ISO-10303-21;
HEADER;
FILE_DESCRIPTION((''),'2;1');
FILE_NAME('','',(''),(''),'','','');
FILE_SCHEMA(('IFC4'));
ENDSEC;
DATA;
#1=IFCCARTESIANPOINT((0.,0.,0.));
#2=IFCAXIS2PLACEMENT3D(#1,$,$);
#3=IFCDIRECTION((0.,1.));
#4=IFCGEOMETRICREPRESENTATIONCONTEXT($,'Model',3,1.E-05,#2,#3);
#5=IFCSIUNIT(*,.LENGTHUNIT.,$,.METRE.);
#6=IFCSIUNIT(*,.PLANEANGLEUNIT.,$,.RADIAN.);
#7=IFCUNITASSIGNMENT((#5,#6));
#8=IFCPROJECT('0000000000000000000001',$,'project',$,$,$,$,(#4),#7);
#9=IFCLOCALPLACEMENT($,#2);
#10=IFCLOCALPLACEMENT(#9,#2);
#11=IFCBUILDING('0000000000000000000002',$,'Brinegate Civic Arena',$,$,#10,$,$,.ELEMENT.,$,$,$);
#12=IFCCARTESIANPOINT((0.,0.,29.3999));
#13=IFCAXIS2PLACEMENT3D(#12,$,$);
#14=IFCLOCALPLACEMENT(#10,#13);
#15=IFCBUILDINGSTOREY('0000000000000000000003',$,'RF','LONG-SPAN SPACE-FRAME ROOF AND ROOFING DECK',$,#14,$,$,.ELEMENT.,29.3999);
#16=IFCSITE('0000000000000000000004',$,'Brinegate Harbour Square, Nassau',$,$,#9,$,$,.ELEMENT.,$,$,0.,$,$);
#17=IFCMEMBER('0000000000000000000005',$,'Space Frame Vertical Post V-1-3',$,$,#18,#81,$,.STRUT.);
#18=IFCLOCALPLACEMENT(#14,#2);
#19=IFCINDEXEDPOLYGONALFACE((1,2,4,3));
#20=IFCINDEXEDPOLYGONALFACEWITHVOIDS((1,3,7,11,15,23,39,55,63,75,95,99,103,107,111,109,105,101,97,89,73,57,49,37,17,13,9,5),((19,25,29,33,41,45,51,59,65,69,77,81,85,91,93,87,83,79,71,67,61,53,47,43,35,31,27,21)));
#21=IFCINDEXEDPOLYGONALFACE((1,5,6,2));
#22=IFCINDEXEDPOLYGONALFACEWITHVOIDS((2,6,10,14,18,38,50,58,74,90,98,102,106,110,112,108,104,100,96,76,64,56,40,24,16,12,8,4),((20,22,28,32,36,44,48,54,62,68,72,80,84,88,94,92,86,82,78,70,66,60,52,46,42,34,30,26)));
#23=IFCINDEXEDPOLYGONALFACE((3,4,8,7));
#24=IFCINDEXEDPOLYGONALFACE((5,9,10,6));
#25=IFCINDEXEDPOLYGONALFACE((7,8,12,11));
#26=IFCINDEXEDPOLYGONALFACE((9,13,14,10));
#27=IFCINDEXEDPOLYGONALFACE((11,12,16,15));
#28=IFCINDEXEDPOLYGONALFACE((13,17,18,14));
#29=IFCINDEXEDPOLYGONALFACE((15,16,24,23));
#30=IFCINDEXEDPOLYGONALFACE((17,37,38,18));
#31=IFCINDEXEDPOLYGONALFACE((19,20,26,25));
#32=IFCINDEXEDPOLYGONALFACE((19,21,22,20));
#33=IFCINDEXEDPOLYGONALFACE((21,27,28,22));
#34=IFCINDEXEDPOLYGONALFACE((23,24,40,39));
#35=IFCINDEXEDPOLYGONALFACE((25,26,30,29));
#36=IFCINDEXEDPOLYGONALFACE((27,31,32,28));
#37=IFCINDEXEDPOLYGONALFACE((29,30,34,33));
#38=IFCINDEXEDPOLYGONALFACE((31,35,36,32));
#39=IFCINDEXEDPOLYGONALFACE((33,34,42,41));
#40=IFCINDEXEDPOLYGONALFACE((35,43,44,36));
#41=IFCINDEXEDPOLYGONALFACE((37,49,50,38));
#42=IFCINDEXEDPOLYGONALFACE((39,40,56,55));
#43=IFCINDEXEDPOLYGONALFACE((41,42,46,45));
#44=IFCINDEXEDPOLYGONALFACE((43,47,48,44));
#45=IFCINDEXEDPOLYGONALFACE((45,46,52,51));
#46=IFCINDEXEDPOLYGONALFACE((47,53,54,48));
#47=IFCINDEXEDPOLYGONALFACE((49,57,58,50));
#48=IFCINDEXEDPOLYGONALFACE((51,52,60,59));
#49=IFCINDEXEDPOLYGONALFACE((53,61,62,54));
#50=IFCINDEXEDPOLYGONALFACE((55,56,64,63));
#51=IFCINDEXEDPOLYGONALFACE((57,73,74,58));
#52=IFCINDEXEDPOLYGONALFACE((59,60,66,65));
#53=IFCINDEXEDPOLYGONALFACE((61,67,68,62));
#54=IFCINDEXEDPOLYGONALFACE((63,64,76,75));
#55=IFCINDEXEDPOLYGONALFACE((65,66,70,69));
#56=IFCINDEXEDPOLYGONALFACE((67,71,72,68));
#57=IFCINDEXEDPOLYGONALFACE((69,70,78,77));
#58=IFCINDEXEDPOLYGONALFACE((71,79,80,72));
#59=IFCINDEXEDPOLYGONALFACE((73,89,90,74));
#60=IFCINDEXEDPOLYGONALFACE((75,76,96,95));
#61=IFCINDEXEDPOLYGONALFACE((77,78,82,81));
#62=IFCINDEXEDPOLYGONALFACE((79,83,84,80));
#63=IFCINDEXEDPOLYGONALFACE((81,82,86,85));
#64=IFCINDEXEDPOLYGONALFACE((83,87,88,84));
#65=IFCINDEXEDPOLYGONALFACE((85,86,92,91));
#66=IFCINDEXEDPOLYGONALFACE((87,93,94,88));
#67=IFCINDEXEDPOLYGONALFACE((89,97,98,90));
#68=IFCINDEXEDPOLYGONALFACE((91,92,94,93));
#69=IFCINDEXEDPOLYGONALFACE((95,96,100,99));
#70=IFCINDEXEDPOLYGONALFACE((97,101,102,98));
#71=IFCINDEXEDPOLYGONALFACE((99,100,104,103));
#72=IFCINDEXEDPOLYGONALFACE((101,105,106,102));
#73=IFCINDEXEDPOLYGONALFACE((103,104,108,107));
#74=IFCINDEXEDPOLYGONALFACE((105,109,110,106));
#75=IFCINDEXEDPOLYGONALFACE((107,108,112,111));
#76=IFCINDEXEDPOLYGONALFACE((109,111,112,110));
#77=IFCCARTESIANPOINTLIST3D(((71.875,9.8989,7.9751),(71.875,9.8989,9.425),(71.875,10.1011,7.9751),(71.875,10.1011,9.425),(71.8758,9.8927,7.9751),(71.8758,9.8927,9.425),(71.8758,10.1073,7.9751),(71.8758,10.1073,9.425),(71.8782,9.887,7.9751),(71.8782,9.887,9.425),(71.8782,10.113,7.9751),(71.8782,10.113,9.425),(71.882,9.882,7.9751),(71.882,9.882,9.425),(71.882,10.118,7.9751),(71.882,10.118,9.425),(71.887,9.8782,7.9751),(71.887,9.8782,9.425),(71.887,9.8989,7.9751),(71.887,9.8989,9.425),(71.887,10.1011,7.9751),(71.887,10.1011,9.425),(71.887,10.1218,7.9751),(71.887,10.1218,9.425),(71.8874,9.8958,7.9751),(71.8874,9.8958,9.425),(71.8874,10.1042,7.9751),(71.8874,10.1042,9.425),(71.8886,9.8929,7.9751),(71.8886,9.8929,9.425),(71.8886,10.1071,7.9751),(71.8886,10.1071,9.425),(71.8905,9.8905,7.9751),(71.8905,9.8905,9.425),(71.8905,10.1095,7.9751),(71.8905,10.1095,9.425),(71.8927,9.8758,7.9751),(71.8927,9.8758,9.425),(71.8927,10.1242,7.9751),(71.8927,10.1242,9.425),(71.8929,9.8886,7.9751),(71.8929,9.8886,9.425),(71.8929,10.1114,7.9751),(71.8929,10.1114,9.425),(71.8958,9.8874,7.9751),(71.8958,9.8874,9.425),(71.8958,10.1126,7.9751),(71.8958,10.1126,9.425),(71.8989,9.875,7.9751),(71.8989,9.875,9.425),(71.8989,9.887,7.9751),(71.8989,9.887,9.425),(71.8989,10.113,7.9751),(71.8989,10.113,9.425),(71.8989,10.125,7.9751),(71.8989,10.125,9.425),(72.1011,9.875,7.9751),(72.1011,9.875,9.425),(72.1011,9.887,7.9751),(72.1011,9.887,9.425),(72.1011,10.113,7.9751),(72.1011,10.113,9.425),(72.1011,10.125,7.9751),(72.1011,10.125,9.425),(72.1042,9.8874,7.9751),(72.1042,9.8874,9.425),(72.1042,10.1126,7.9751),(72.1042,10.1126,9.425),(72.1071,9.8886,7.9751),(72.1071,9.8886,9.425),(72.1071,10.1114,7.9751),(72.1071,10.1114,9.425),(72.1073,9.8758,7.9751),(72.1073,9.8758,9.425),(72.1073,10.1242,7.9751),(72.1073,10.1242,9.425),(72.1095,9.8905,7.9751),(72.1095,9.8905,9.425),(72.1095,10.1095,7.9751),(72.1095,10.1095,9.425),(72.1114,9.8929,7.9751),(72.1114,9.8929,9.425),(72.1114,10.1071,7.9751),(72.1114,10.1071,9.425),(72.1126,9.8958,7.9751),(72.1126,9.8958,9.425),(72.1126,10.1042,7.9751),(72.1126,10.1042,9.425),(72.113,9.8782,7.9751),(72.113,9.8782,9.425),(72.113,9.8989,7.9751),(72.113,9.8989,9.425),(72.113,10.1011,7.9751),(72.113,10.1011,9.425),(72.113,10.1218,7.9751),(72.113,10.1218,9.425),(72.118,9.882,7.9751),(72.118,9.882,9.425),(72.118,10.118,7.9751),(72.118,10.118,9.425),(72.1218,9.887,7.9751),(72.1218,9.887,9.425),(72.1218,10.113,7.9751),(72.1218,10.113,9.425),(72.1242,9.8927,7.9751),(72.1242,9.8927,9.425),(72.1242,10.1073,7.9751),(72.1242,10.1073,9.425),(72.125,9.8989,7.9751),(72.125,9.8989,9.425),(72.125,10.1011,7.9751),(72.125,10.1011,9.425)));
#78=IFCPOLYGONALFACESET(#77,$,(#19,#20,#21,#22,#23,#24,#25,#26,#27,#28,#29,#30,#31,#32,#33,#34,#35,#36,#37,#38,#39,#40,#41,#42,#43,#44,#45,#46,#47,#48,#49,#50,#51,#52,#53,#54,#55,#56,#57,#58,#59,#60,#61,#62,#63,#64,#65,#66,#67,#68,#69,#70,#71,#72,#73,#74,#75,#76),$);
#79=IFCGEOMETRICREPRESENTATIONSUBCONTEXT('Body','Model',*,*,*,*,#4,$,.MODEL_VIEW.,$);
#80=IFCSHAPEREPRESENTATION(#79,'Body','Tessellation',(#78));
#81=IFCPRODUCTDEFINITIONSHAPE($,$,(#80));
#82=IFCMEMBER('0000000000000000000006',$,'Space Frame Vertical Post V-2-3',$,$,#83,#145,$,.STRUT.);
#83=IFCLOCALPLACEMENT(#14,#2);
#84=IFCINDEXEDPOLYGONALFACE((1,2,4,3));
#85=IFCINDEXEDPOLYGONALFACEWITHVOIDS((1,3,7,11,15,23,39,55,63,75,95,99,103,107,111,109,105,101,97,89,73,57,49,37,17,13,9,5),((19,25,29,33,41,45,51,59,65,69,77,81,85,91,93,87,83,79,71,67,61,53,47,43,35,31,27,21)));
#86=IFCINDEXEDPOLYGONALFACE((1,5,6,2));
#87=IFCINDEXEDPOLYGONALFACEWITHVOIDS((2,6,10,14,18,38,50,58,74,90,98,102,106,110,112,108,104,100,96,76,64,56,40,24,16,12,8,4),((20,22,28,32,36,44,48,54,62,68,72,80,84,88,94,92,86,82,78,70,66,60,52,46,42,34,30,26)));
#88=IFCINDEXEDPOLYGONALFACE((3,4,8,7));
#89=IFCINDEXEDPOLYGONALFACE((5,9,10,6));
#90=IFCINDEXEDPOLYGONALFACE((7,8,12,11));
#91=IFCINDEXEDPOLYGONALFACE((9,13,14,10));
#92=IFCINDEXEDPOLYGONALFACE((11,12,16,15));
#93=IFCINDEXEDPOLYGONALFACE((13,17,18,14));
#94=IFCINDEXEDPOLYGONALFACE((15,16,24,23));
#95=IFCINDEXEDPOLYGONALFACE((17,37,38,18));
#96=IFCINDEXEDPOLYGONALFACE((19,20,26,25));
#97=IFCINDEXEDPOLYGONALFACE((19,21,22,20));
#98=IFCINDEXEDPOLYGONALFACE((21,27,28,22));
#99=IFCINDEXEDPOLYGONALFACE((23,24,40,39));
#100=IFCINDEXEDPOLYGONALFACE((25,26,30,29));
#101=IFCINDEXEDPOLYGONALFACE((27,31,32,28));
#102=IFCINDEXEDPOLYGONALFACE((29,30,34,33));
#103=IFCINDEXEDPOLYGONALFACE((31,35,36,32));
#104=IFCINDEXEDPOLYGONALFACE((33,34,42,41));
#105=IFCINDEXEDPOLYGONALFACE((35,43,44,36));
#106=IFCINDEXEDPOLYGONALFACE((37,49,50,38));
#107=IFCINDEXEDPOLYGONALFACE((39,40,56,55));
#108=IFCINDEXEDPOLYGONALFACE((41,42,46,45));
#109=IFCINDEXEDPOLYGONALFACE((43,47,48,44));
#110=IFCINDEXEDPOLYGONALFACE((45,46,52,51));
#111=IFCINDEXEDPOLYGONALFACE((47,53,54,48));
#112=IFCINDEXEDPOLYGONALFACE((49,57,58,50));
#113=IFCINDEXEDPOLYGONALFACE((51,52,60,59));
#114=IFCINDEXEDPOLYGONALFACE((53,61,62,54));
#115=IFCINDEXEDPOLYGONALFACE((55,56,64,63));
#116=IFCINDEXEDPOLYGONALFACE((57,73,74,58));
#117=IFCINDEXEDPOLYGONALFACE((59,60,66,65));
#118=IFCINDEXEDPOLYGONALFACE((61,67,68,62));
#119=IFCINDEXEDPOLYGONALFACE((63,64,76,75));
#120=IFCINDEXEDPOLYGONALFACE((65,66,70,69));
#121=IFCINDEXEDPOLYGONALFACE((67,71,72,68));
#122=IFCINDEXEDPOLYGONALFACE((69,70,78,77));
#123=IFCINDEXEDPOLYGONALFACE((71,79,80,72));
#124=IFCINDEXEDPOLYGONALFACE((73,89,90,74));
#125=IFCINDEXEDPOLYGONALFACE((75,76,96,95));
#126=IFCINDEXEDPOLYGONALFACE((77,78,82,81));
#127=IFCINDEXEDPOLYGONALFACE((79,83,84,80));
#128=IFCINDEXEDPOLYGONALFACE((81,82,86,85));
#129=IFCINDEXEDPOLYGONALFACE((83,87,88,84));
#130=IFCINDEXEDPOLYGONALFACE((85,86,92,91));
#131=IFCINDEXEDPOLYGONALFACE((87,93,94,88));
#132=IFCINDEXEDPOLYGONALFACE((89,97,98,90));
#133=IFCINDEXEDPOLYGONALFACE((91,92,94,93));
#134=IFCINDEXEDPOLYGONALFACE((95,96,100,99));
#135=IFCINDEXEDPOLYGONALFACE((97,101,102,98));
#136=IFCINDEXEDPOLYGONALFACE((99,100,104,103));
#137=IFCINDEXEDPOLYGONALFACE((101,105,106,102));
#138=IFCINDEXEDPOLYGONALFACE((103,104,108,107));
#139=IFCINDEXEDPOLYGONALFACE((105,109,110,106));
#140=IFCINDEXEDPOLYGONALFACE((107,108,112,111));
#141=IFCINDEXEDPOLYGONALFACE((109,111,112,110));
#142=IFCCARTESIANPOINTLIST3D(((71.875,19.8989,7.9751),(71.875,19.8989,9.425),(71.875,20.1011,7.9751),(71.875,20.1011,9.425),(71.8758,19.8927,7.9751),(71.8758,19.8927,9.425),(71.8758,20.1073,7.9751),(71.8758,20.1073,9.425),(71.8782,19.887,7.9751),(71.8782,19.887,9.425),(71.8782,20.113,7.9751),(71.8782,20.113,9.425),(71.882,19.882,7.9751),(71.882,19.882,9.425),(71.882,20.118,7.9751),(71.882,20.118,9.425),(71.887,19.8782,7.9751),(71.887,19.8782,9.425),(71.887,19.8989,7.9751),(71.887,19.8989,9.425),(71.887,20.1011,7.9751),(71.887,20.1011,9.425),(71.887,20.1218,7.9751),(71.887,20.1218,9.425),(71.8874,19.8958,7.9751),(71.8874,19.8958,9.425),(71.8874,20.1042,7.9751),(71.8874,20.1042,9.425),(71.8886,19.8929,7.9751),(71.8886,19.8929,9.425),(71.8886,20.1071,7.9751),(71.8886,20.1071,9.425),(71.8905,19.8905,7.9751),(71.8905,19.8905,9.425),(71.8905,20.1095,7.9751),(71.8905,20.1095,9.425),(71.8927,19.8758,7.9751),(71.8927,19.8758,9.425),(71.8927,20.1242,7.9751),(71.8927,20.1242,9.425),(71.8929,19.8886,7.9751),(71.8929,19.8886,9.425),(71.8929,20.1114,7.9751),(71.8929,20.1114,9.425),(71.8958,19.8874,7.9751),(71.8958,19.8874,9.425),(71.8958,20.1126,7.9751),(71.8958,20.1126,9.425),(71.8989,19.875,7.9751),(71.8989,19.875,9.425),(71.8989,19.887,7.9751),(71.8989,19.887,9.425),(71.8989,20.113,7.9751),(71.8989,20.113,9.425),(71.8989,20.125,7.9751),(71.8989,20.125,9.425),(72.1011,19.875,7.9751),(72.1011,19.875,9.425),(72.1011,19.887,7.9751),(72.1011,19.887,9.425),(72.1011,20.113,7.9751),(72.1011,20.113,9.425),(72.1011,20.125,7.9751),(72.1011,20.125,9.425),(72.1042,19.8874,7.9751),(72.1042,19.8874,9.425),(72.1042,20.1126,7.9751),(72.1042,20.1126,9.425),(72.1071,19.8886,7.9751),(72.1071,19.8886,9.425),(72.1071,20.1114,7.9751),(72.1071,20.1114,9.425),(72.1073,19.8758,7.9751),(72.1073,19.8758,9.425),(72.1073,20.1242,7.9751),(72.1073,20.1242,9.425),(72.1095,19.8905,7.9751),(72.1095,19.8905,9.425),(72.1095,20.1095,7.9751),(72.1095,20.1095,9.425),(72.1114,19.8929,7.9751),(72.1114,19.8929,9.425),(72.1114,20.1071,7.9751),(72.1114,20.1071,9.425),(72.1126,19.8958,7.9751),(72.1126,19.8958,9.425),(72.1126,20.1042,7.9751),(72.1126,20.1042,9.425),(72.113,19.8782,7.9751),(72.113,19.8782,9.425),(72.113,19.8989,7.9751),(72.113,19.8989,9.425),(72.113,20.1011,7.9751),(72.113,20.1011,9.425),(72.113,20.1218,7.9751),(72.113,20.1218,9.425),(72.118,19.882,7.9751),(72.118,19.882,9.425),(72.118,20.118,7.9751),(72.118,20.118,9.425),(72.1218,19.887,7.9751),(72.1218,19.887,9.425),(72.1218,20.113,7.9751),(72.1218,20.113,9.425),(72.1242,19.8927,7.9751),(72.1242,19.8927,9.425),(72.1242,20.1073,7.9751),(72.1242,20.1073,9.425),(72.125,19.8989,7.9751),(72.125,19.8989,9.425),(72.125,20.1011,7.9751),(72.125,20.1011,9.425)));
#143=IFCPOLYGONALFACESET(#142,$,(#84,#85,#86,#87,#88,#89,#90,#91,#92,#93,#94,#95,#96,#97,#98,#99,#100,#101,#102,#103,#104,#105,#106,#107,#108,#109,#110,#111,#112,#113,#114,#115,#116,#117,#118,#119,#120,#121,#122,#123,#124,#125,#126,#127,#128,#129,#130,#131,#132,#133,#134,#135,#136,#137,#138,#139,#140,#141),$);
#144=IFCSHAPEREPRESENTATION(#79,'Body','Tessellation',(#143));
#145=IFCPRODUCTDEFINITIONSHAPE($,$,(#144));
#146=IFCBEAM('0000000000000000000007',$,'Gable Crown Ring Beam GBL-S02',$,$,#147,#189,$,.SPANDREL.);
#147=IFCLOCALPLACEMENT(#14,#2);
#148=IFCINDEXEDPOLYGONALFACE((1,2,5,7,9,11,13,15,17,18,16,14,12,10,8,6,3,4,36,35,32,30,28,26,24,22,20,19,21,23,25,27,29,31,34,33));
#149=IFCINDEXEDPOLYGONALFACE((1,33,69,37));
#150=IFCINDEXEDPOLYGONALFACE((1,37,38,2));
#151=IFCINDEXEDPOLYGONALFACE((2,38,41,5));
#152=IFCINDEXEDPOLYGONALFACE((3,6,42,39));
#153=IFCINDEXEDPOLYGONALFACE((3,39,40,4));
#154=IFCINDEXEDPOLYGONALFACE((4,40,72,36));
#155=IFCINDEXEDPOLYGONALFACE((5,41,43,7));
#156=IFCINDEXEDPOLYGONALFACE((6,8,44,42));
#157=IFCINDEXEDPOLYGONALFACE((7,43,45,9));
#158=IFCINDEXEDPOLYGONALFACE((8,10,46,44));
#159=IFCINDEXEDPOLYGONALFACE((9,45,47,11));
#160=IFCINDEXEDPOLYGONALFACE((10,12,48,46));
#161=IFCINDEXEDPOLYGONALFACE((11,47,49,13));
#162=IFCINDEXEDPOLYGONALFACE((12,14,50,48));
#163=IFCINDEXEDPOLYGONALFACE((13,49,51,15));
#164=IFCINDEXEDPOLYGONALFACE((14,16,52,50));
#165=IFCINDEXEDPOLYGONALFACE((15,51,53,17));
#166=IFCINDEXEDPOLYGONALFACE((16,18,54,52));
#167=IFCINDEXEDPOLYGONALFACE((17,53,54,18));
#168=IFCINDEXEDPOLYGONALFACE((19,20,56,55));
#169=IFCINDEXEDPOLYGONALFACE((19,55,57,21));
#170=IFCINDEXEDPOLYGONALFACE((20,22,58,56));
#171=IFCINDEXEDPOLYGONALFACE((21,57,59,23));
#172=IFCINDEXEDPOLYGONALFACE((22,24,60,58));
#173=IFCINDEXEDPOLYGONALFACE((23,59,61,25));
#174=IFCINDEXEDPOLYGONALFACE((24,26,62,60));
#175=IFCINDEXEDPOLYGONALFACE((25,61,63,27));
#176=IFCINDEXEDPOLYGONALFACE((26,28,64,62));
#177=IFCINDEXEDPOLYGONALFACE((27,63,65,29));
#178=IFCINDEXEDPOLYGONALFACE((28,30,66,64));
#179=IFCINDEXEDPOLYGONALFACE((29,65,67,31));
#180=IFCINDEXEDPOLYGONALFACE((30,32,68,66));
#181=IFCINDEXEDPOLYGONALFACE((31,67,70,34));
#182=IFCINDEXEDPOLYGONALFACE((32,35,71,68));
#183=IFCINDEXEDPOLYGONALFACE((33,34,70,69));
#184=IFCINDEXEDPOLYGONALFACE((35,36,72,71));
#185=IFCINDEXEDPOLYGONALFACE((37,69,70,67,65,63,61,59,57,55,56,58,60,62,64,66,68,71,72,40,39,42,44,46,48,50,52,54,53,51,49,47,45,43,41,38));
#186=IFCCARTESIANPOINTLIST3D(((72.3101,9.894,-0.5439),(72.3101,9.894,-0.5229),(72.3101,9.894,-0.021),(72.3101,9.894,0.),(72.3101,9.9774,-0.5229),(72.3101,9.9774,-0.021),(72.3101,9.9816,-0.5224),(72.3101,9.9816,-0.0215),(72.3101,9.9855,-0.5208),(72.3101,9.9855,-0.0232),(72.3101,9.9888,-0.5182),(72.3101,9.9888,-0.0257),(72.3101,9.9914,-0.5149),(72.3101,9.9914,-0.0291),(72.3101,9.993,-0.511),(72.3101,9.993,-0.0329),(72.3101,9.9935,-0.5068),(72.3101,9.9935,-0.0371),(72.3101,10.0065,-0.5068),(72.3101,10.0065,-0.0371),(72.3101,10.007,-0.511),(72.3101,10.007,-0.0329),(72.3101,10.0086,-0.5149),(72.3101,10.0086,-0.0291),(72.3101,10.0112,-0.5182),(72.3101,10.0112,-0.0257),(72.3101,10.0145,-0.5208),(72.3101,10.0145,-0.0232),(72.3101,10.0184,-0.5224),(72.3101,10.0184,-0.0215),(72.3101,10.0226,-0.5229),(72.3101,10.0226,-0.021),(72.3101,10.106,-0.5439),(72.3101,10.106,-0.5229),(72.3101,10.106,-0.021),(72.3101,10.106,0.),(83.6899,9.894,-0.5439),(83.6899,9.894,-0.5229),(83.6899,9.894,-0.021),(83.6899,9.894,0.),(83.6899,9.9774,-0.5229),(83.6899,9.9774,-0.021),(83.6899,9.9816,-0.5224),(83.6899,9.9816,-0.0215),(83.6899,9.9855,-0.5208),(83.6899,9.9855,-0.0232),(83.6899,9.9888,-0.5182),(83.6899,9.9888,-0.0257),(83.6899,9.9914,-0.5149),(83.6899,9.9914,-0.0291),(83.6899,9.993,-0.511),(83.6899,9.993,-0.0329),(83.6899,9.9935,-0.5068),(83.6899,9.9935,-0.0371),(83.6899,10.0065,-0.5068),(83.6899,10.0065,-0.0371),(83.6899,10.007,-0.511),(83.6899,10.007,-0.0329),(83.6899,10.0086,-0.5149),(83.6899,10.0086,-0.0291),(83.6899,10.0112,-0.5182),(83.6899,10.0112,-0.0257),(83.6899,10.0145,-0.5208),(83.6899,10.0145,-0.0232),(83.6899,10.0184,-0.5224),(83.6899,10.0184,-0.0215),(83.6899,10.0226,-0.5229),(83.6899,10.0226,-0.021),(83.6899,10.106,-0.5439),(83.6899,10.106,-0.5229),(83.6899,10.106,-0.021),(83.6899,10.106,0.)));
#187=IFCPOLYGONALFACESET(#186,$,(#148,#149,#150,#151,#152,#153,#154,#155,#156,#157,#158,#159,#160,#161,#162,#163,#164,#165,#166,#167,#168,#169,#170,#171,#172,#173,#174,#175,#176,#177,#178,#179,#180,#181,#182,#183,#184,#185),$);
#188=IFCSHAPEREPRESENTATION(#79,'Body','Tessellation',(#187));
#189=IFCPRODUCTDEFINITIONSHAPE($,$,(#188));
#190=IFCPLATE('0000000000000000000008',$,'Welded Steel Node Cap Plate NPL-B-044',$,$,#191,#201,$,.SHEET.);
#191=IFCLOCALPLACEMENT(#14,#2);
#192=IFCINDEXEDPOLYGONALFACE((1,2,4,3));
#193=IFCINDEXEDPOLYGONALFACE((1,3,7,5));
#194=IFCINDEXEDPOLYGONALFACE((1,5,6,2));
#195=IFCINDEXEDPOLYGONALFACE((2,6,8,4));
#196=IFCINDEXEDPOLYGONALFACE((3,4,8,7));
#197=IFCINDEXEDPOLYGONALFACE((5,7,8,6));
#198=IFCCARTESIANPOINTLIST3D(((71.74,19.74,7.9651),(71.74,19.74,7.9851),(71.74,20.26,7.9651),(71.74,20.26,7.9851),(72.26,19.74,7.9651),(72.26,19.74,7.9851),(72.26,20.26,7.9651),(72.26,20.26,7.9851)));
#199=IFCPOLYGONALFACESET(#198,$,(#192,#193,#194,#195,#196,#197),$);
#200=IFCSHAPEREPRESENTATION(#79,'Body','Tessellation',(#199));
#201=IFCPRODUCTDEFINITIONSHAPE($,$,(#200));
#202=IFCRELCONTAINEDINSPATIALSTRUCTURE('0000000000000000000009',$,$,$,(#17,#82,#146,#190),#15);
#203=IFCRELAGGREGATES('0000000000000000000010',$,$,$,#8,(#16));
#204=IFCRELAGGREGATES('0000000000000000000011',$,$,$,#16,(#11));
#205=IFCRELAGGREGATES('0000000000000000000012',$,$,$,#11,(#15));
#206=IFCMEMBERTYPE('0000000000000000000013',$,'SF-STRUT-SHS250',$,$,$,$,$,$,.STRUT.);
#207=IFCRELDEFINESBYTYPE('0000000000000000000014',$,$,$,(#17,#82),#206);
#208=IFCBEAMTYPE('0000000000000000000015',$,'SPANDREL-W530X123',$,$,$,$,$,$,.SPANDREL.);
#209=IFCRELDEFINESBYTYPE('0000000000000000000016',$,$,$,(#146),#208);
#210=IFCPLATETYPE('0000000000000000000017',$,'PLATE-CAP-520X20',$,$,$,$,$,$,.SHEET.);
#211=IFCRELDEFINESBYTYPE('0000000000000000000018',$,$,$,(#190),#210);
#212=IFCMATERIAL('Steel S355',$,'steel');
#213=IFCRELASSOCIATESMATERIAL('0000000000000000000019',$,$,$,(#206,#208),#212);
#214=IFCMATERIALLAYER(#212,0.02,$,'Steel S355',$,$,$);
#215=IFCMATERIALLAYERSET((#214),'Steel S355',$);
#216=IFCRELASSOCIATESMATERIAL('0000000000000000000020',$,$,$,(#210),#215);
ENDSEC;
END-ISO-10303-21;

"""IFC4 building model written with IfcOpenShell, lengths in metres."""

from ifc_helpers import new_model, si_unit, direction, frame, origin, origin_2d, place, context, subcontext, project, spatial, rectangle, hollow_rectangle, i_section, extrude, material, layer, layer_set, material_profile, profile_set, type_object, element, save


model = new_model("IFC4")

# Units and contexts
model_context = context("Model", 3, precision=1e-05, world=origin(), true_north=direction((0.0, 1.0)))
body_context = subcontext(model_context, "Body", "Model", "MODEL_VIEW")
ifc_project = project(units=[si_unit("LENGTHUNIT", "METRE"), si_unit("PLANEANGLEUNIT", "RADIAN")], contexts=[model_context])

# Site, building, storey
site_placement = place(None, origin())
site = spatial("IfcSite", under=ifc_project, at=site_placement, Name="Brinegate Harbour Square, Nassau", CompositionType="ELEMENT", RefElevation=0.0)
building_placement = place(site_placement, origin())
building = spatial("IfcBuilding", under=site, at=building_placement, Name="Brinegate Civic Arena", CompositionType="ELEMENT")
storey_placement = place(building_placement, frame((0.0, 0.0, 29.3999)))
storey = spatial("IfcBuildingStorey", under=building, at=storey_placement, Name="RF", Description="LONG-SPAN SPACE-FRAME ROOF AND ROOFING DECK", CompositionType="ELEMENT", Elevation=29.3999)

# Shared definitions
ifc_material_1 = material(Name="Steel S355", Category="steel")

# Members
ifc_material_profile_1 = material_profile(ifc_material_1, hollow_rectangle(XDim=0.25, YDim=0.25, WallThickness=0.012, InnerFilletRadius=0.012, OuterFilletRadius=0.0239, at=origin_2d()), Name="SHS250X12")
ifc_profile_set_1 = profile_set([ifc_material_profile_1], Name="Steel S355")
member_type_1 = type_object("IfcMemberType", Name="SF-STRUT-SHS250", PredefinedType="STRUT", material=ifc_profile_set_1)
for number, where, z_axis, x_axis, name in (
    (1, (72.0, 10.0, 7.9751), (0.0, 0.0, 1.0), (1.0, 0.0, 0.0), "Space Frame Vertical Post V-1-3"),
    (2, (72.0, 20.0, 7.9751), (0.0, 0.0, 1.0), (1.0, 0.0, 0.0), "Space Frame Vertical Post V-2-3"),
):
    element("IfcMember", number, at=place(storey_placement, frame(where, z_axis=z_axis, x_axis=x_axis)), inside=storey, type_object=member_type_1, Name=name, PredefinedType="STRUT", context=body_context, shape_type="SweptSolid", body=[
        extrude(hollow_rectangle(XDim=0.25, YDim=0.25, WallThickness=0.012, InnerFilletRadius=0.012, OuterFilletRadius=0.0239, at=origin_2d()), origin(), (0.0, 0.0, 1.0), 1.45),
    ])

# Beam
ifc_material_profile_2 = material_profile(ifc_material_1, i_section(OverallWidth=0.2119, OverallDepth=0.5439, WebThickness=0.0129, FlangeThickness=0.021, FilletRadius=0.0161, at=origin_2d()), Name="W530X123")
ifc_profile_set_2 = profile_set([ifc_material_profile_2], Name="Steel S355")
beam_type_1 = type_object("IfcBeamType", Name="SPANDREL-W530X123", PredefinedType="SPANDREL", material=ifc_profile_set_2)
beam_1_placement = place(storey_placement, frame((72.3101, 10.0, -0.272), z_axis=(1.0, 0.0, 0.0), x_axis=(0.0, 1.0, 0.0)))
element("IfcBeam", 3, at=beam_1_placement, inside=storey, type_object=beam_type_1, Name="Gable Crown Ring Beam GBL-S02", PredefinedType="SPANDREL", context=body_context, shape_type="SweptSolid", body=[
    extrude(i_section(OverallWidth=0.2119, OverallDepth=0.5439, WebThickness=0.0129, FlangeThickness=0.021, FilletRadius=0.0161, at=origin_2d()), origin(), (0.0, 0.0, 1.0), 11.3799),
])

# Plate
ifc_layer_1 = layer(ifc_material_1, 0.02, Name="Steel S355")
ifc_layer_set_1 = layer_set([ifc_layer_1], Name="Steel S355")
plate_type_1 = type_object("IfcPlateType", Name="PLATE-CAP-520X20", PredefinedType="SHEET", material=ifc_layer_set_1)
plate_1_placement = place(storey_placement, frame((72.0, 20.0, 7.9651), z_axis=(0.0, 0.0, 1.0), x_axis=(1.0, 0.0, 0.0)))
element("IfcPlate", 4, at=plate_1_placement, inside=storey, type_object=plate_type_1, Name="Welded Steel Node Cap Plate NPL-B-044", PredefinedType="SHEET", context=body_context, shape_type="SweptSolid", body=[
    extrude(rectangle(XDim=0.52, YDim=0.52, at=origin_2d()), origin(), (0.0, 0.0, 1.0), 0.02),
])

save(model, "model.ifc")
